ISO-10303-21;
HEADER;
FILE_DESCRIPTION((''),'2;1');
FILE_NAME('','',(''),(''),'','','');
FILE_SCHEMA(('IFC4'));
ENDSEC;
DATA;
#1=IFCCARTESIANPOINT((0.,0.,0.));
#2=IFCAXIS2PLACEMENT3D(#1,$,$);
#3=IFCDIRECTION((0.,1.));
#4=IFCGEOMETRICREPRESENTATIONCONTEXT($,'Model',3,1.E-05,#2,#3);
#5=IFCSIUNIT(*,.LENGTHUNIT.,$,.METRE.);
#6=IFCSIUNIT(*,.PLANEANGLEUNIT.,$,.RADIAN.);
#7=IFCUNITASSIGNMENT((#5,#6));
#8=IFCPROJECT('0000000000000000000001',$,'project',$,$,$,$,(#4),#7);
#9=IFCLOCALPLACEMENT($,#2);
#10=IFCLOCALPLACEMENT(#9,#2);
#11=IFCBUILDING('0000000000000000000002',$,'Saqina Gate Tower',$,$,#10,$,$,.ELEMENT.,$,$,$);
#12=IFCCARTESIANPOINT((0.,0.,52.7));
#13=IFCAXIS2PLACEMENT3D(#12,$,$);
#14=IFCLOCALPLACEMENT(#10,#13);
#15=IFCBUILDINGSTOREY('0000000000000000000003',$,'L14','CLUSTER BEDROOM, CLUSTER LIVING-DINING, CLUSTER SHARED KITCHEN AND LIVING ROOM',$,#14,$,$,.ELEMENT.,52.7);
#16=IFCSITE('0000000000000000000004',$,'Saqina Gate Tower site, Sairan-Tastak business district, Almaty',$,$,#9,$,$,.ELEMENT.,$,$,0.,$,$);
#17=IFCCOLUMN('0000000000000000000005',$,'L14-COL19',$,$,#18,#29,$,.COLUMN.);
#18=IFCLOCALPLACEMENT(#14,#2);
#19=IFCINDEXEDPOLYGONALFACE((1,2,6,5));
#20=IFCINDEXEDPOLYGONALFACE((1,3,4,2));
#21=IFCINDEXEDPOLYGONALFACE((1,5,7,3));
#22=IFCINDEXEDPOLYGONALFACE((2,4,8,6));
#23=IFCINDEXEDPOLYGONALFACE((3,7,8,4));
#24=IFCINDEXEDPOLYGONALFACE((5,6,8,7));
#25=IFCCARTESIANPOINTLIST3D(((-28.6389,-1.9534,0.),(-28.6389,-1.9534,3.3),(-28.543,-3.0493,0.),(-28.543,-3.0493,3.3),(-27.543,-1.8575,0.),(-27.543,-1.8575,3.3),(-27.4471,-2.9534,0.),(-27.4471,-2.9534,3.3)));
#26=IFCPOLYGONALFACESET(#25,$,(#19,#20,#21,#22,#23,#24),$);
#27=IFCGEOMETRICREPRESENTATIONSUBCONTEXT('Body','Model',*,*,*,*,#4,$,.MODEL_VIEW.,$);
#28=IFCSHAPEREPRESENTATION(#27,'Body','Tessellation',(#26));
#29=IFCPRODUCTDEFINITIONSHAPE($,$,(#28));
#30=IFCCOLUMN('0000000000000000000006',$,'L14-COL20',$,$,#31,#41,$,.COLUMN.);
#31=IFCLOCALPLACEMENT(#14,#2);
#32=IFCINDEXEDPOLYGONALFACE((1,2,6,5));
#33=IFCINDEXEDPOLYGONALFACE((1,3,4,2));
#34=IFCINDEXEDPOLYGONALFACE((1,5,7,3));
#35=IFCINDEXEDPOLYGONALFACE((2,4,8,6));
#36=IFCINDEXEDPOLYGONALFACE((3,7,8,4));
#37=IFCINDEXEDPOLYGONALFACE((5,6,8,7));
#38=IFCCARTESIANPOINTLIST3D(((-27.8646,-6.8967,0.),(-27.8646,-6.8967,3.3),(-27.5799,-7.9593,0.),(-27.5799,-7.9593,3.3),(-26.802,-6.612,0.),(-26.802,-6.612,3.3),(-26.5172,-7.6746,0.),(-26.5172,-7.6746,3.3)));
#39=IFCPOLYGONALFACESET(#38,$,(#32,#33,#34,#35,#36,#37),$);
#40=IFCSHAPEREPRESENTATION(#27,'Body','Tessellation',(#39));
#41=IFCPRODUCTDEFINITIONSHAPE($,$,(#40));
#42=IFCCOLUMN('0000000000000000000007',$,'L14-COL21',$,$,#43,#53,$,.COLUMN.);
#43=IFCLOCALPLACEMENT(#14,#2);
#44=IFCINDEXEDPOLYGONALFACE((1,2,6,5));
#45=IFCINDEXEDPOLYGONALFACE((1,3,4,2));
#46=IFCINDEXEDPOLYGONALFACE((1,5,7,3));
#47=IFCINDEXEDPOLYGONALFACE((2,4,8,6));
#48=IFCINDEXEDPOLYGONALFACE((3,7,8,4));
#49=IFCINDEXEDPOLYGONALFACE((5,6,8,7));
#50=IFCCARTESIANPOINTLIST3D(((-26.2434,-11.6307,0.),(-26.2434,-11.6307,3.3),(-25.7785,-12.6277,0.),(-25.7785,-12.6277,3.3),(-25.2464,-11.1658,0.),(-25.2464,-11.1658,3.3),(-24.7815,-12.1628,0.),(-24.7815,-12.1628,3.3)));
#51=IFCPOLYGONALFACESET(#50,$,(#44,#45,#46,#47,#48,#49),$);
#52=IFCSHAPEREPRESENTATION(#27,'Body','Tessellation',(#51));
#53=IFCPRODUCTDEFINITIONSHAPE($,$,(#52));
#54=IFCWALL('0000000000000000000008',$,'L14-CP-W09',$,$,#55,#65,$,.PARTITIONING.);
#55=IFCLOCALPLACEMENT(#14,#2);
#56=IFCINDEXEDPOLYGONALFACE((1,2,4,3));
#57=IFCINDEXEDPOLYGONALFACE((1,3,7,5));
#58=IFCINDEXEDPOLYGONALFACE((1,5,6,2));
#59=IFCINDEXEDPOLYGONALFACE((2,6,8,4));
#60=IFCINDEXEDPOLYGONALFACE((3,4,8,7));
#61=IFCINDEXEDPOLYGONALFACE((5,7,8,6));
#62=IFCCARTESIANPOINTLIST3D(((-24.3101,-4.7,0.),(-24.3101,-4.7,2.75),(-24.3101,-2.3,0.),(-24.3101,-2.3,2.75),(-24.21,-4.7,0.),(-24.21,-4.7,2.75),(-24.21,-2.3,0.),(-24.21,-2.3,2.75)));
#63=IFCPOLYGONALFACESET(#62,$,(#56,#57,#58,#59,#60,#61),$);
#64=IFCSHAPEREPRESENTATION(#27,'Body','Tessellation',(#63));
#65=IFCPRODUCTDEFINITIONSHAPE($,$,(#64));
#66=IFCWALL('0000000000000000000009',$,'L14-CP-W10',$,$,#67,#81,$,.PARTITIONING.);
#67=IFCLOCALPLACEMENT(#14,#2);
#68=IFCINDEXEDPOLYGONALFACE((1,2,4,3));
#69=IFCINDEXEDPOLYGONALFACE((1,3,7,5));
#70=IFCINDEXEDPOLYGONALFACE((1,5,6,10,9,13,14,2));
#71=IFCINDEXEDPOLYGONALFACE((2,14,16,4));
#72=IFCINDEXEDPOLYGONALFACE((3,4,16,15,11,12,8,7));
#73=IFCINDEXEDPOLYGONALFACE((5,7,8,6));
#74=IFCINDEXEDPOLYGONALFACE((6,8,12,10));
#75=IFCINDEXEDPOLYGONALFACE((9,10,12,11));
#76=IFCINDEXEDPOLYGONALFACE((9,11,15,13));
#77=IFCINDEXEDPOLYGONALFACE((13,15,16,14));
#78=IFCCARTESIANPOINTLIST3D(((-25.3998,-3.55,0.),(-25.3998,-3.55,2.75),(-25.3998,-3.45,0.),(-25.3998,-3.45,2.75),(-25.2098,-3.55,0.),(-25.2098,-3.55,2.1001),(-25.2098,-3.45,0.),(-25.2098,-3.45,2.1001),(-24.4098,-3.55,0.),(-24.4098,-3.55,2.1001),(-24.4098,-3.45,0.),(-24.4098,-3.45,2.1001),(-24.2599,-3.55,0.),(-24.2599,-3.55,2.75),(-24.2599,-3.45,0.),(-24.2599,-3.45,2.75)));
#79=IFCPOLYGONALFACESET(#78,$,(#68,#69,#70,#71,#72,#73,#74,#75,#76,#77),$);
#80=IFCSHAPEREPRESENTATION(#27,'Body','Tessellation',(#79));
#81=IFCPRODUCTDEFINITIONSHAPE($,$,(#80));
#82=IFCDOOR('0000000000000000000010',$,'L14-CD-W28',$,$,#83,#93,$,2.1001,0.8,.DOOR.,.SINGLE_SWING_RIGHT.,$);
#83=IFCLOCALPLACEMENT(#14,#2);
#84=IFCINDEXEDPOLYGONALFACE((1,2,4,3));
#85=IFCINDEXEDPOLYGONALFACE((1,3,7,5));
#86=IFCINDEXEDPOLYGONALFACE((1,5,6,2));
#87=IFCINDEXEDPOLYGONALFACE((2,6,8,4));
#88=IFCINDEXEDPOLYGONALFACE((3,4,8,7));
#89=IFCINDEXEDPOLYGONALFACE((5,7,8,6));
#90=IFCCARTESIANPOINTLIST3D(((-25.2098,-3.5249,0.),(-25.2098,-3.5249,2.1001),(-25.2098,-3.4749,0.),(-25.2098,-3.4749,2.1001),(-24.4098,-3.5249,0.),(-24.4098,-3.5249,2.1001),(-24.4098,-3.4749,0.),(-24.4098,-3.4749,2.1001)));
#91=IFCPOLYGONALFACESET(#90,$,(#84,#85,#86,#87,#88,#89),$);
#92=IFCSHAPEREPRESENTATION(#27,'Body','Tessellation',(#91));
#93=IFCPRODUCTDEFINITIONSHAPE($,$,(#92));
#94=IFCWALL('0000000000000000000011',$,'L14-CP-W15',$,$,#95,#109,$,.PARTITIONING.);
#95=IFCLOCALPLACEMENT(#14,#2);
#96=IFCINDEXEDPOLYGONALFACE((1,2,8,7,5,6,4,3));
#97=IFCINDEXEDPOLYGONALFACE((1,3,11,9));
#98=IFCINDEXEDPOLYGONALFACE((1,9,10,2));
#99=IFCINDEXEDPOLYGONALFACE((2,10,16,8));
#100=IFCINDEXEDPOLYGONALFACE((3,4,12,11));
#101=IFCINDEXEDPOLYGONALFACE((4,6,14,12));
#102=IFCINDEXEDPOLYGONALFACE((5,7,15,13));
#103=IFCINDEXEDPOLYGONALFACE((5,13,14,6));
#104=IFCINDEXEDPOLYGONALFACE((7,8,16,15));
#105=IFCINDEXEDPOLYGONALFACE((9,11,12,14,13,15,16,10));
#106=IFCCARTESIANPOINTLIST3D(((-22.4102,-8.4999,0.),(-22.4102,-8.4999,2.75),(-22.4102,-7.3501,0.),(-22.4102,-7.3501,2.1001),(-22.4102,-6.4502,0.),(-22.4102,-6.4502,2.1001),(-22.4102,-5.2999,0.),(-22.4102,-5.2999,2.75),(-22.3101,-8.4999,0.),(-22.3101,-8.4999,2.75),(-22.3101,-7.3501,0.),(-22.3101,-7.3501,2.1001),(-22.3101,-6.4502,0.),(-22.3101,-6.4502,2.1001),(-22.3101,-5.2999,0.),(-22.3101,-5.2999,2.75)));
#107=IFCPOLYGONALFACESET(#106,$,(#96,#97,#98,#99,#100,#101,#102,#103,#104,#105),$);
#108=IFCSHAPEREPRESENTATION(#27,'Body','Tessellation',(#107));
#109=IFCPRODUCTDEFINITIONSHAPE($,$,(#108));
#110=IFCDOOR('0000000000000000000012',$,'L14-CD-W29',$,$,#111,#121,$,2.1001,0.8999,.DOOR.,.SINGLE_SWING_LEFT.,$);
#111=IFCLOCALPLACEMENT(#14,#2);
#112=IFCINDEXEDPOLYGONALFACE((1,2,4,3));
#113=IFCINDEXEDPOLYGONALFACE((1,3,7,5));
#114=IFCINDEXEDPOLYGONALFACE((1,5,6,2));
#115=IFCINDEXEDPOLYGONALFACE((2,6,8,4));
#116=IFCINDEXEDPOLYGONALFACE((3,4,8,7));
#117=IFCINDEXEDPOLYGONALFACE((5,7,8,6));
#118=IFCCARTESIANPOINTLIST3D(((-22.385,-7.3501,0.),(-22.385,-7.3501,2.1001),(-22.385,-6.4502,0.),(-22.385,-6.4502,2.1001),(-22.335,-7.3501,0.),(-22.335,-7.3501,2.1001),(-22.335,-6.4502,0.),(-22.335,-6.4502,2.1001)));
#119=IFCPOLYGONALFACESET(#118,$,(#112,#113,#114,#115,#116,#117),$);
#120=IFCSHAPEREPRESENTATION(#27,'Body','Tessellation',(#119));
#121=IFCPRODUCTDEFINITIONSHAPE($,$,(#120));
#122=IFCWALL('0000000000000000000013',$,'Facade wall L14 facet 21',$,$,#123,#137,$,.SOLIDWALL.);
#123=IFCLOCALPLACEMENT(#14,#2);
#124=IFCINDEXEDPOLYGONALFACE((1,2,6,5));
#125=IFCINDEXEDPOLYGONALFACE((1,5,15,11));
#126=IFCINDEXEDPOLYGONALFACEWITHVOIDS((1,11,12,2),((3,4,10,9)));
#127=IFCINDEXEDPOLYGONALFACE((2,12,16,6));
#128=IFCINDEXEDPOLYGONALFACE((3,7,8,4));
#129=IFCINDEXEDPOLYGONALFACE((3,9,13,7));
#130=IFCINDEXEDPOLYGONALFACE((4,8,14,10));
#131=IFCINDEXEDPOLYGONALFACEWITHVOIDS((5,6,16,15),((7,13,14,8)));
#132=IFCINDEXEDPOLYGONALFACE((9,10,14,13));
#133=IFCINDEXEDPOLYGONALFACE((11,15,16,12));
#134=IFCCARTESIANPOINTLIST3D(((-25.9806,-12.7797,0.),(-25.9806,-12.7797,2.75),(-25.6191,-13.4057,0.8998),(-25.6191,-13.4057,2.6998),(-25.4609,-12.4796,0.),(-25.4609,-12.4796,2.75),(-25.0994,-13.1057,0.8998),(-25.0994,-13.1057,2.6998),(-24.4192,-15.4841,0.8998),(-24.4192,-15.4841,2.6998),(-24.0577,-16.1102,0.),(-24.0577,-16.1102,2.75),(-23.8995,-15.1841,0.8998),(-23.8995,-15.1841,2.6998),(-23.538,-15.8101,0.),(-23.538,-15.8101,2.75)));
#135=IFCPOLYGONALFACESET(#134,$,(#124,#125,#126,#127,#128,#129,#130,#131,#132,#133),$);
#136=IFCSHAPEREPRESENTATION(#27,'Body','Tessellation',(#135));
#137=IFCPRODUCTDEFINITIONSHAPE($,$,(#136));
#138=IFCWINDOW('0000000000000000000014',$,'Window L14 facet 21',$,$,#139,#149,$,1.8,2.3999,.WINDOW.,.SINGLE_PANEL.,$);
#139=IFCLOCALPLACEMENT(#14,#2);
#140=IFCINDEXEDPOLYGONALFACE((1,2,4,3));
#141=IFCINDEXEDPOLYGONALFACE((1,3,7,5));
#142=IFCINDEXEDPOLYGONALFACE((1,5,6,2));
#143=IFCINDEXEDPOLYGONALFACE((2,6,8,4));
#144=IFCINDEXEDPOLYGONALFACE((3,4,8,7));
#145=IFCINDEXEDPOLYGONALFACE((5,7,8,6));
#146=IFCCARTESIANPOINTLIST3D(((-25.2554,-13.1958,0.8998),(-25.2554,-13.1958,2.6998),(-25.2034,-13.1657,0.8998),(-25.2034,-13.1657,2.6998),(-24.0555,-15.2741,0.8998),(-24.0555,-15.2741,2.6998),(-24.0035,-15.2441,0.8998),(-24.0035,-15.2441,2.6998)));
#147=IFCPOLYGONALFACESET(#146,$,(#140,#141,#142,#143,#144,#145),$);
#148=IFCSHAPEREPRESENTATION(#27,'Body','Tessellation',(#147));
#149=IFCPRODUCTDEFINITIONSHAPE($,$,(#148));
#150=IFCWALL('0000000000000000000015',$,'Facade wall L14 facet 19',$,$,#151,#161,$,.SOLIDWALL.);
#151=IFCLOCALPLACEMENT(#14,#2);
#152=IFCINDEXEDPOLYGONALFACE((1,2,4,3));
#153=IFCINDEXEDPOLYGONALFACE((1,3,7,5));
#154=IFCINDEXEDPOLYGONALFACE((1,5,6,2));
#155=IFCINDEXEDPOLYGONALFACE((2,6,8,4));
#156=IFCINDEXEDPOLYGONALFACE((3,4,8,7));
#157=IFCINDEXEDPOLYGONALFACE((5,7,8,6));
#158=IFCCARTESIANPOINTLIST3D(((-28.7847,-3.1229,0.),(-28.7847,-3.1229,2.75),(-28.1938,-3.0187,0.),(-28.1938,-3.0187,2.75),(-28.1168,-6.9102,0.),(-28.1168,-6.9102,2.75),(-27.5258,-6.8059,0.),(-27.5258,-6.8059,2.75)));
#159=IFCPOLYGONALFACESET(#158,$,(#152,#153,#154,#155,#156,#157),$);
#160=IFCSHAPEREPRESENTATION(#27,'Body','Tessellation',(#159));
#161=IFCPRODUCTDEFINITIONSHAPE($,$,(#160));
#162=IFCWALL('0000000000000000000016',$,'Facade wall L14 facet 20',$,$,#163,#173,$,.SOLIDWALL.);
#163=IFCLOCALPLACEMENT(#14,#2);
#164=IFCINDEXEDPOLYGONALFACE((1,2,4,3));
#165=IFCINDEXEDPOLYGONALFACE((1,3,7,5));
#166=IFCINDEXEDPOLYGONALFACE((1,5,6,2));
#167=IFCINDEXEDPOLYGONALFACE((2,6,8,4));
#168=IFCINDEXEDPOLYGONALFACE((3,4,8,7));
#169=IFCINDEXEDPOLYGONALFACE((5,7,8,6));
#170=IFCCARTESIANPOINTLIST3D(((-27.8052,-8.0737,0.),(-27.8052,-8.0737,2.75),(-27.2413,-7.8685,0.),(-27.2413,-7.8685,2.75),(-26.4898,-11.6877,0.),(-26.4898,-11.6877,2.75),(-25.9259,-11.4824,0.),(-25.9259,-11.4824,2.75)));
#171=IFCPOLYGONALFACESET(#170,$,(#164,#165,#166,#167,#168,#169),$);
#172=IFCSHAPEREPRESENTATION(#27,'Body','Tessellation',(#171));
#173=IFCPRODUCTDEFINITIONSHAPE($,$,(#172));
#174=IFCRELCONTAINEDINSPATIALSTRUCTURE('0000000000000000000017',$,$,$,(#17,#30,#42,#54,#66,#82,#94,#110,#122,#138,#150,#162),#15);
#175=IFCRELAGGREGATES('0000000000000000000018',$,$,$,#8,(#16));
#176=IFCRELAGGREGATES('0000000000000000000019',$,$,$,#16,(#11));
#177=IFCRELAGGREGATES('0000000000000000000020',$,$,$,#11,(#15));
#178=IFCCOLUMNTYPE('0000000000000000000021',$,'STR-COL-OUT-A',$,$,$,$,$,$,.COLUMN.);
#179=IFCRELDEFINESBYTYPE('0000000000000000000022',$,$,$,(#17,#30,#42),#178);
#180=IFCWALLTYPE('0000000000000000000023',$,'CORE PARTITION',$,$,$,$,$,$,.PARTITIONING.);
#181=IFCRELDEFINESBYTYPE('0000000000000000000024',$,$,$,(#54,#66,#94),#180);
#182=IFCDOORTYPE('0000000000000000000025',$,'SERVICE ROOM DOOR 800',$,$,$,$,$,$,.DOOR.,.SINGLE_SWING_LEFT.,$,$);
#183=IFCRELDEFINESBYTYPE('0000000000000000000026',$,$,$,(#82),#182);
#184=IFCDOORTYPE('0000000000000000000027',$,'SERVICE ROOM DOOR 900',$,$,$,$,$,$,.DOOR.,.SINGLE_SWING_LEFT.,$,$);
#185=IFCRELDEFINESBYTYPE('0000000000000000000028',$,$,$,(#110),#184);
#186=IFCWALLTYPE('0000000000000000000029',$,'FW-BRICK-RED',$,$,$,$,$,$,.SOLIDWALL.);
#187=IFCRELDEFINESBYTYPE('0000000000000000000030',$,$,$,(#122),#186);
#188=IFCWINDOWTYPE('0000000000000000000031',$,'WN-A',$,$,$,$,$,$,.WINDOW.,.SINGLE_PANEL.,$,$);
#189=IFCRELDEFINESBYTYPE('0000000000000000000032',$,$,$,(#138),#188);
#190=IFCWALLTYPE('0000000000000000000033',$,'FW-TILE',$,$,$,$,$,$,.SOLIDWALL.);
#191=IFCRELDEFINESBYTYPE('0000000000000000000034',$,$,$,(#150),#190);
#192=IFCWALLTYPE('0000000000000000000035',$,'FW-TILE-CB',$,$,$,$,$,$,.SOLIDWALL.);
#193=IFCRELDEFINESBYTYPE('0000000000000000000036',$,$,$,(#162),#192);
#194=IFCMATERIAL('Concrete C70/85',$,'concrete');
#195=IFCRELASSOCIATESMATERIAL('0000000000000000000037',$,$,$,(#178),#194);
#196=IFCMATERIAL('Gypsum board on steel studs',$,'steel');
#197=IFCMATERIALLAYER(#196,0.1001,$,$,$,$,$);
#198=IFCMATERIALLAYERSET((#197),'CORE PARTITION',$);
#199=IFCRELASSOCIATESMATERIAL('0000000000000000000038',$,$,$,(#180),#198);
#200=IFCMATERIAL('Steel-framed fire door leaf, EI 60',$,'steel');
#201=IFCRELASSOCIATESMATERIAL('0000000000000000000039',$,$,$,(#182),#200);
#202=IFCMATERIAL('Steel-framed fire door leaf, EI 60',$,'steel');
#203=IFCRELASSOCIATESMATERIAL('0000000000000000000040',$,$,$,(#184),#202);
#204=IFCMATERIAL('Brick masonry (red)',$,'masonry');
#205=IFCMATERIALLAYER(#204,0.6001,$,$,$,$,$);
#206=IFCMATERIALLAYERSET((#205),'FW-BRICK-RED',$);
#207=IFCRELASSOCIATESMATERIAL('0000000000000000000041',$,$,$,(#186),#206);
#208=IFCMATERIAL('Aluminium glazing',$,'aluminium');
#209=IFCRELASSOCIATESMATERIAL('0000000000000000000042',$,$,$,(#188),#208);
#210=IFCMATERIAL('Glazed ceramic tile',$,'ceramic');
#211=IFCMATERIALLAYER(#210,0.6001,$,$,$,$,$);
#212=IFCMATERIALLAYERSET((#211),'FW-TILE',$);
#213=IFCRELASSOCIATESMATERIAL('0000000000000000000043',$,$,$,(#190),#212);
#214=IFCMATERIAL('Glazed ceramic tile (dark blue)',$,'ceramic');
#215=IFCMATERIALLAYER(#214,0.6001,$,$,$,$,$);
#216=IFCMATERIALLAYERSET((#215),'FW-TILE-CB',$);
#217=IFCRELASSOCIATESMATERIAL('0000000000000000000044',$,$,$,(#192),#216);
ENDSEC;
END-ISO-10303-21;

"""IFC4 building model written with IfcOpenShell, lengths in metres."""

from ifc_helpers import new_model, si_unit, direction, frame, frame_2d, origin, origin_2d, place, context, subcontext, project, spatial, rectangle, extrude, material, layer, layer_set, material_profile, profile_set, type_object, element, fill, save


model = new_model("IFC4")

# Units and contexts
model_context = context("Model", 3, precision=1e-05, world=origin(), true_north=direction((0.0, 1.0)))
body_context = subcontext(model_context, "Body", "Model", "MODEL_VIEW")
ifc_project = project(units=[si_unit("LENGTHUNIT", "METRE"), si_unit("PLANEANGLEUNIT", "RADIAN")], contexts=[model_context])

# Site, building, storey
site_placement = place(None, origin())
site = spatial("IfcSite", under=ifc_project, at=site_placement, Name="Saqina Gate Tower site, Sairan-Tastak business district, Almaty", CompositionType="ELEMENT", RefElevation=0.0)
building_placement = place(site_placement, origin())
building = spatial("IfcBuilding", under=site, at=building_placement, Name="Saqina Gate Tower", CompositionType="ELEMENT")
storey_placement = place(building_placement, frame((0.0, 0.0, 52.7)))
storey = spatial("IfcBuildingStorey", under=building, at=storey_placement, Name="L14", Description="CLUSTER BEDROOM, CLUSTER LIVING-DINING, CLUSTER SHARED KITCHEN AND LIVING ROOM", CompositionType="ELEMENT", Elevation=52.7)

# Columns
ifc_material_1 = material(Name="Concrete C70/85", Category="concrete")
ifc_material_profile = material_profile(ifc_material_1, rectangle(XDim=1.1001, YDim=1.1001, at=origin_2d()), Name="RC 1100x1100")
ifc_profile_set = profile_set([ifc_material_profile], Name="Concrete C70/85")
column_type = type_object("IfcColumnType", Name="STR-COL-OUT-A", PredefinedType="COLUMN", material=ifc_profile_set)
for number, where, z_axis, x_axis, name in (
    (1, (-28.043, -2.4534, 0.0), (0.0, 0.0, 1.0), (-0.996195, -0.087156, 0.0), "L14-COL19"),
    (2, (-27.1909, -7.2856, 0.0), (0.0, 0.0, 1.0), (-0.965926, -0.258819, 0.0), "L14-COL20"),
    (3, (-25.5125, -11.8967, 0.0), (0.0, 0.0, 1.0), (-0.906308, -0.422618, 0.0), "L14-COL21"),
):
    element("IfcColumn", number, at=place(storey_placement, frame(where, z_axis=z_axis, x_axis=x_axis)), inside=storey, type_object=column_type, Name=name, PredefinedType="COLUMN", context=body_context, shape_type="SweptSolid", body=[
        extrude(rectangle(XDim=1.1001, YDim=1.1001, at=origin_2d()), origin(), (0.0, 0.0, 1.0), 3.3),
    ])

# Wall
ifc_material_2 = material(Name="Gypsum board on steel studs", Category="steel")
ifc_layer_1 = layer(ifc_material_2, 0.1001)
ifc_layer_set_1 = layer_set([ifc_layer_1], Name="CORE PARTITION")
wall_type_1 = type_object("IfcWallType", Name="CORE PARTITION", PredefinedType="PARTITIONING", material=ifc_layer_set_1)
wall_1_placement = place(storey_placement, frame((-24.26, -4.7, 0.0), z_axis=(0.0, 0.0, 1.0), x_axis=(0.0, 1.0, 0.0)))
element("IfcWall", 4, at=wall_1_placement, inside=storey, type_object=wall_type_1, Name="L14-CP-W09", PredefinedType="PARTITIONING", context=body_context, shape_type="SweptSolid", body=[
    extrude(rectangle(XDim=2.3999, YDim=0.1001, at=frame_2d((1.2, 0.0))), origin(), (0.0, 0.0, 1.0), 2.75),
])

# Walls, openings, doors
wall_2_placement = place(storey_placement, frame((-24.26, -3.5, 0.0), z_axis=(0.0, 0.0, 1.0), x_axis=(-1.0, 0.0, 0.0)))
wall_2 = element("IfcWall", 5, at=wall_2_placement, inside=storey, type_object=wall_type_1, Name="L14-CP-W10", PredefinedType="PARTITIONING", context=body_context, shape_type="SweptSolid", body=[
    extrude(rectangle(XDim=1.1399, YDim=0.1001, at=frame_2d((0.5698, 0.0))), origin(), (0.0, 0.0, 1.0), 2.75),
])
opening_1_placement = place(wall_2_placement, frame((0.1499, 0.0, 0.0)))
opening_1 = element("IfcOpeningElement", 6, at=opening_1_placement, cuts=wall_2, PredefinedType="OPENING", context=body_context, shape_type="SweptSolid", body=[
    extrude(rectangle(XDim=0.8, YDim=2.1001, at=frame_2d((0.3999, 1.05))), frame((0.0, 0.062, 0.0), z_axis=(0.0, -1.0, 0.0), x_axis=(1.0, 0.0, 0.0)), (0.0, 0.0, 1.0), 0.124),
])
ifc_material_3 = material(Name="Steel-framed fire door leaf, EI 60", Category="steel")
door_type_1 = type_object("IfcDoorType", Name="SERVICE ROOM DOOR 800", OperationType="SINGLE_SWING_LEFT", PredefinedType="DOOR", material=ifc_material_3)
door_1_placement = place(opening_1_placement, origin())
door_1 = element("IfcDoor", 7, at=door_1_placement, inside=storey, type_object=door_type_1, Name="L14-CD-W28", OperationType="SINGLE_SWING_RIGHT", OverallHeight=2.1001, OverallWidth=0.8, PredefinedType="DOOR", context=body_context, shape_type="SweptSolid", body=[
    extrude(rectangle(XDim=0.8, YDim=2.1001, at=frame_2d((0.3999, 1.05))), frame((0.0, 0.0249, 0.0), z_axis=(0.0, -1.0, 0.0), x_axis=(1.0, 0.0, 0.0)), (0.0, 0.0, 1.0), 0.05),
])
fill(opening_1, door_1)
wall_3_placement = place(storey_placement, frame((-22.3601, -8.5, 0.0), z_axis=(0.0, 0.0, 1.0), x_axis=(0.0, 1.0, 0.0)))
wall_3 = element("IfcWall", 8, at=wall_3_placement, inside=storey, type_object=wall_type_1, Name="L14-CP-W15", PredefinedType="PARTITIONING", context=body_context, shape_type="SweptSolid", body=[
    extrude(rectangle(XDim=3.2, YDim=0.1001, at=frame_2d((1.6001, 0.0))), origin(), (0.0, 0.0, 1.0), 2.75),
])
opening_2_placement = place(wall_3_placement, frame((1.1499, 0.0, 0.0)))
opening_2 = element("IfcOpeningElement", 9, at=opening_2_placement, cuts=wall_3, PredefinedType="OPENING", context=body_context, shape_type="SweptSolid", body=[
    extrude(rectangle(XDim=0.8999, YDim=2.1001, at=frame_2d((0.45, 1.05))), frame((0.0, 0.062, 0.0), z_axis=(0.0, -1.0, 0.0), x_axis=(1.0, 0.0, 0.0)), (0.0, 0.0, 1.0), 0.124),
])
ifc_material_4 = material(Name="Steel-framed fire door leaf, EI 60", Category="steel")
door_type_2 = type_object("IfcDoorType", Name="SERVICE ROOM DOOR 900", OperationType="SINGLE_SWING_LEFT", PredefinedType="DOOR", material=ifc_material_4)
door_2_placement = place(opening_2_placement, origin())
door_2 = element("IfcDoor", 10, at=door_2_placement, inside=storey, type_object=door_type_2, Name="L14-CD-W29", OperationType="SINGLE_SWING_LEFT", OverallHeight=2.1001, OverallWidth=0.8999, PredefinedType="DOOR", context=body_context, shape_type="SweptSolid", body=[
    extrude(rectangle(XDim=0.8999, YDim=2.1001, at=frame_2d((0.45, 1.05))), frame((0.0, 0.0249, 0.0), z_axis=(0.0, -1.0, 0.0), x_axis=(1.0, 0.0, 0.0)), (0.0, 0.0, 1.0), 0.05),
])
fill(opening_2, door_2)

# Wall, opening, window
ifc_material_5 = material(Name="Brick masonry (red)", Category="masonry")
ifc_layer_2 = layer(ifc_material_5, 0.6001)
ifc_layer_set_2 = layer_set([ifc_layer_2], Name="FW-BRICK-RED")
wall_type_2 = type_object("IfcWallType", Name="FW-BRICK-RED", PredefinedType="SOLIDWALL", material=ifc_layer_set_2)
wall_4_placement = place(storey_placement, frame((-25.7207, -12.6296, 0.0), z_axis=(0.0, 0.0, 1.0), x_axis=(0.49999, -0.866031, 0.0)))
wall_4 = element("IfcWall", 11, at=wall_4_placement, inside=storey, type_object=wall_type_2, Name="Facade wall L14 facet 21", PredefinedType="SOLIDWALL", context=body_context, shape_type="SweptSolid", body=[
    extrude(rectangle(XDim=3.8457, YDim=0.6001, at=frame_2d((1.9229, 0.0))), origin(), (0.0, 0.0, 1.0), 2.75),
])
opening_3_placement = place(wall_4_placement, frame((0.7229, 0.0, 0.8999)))
opening_3 = element("IfcOpeningElement", 12, at=opening_3_placement, cuts=wall_4, PredefinedType="OPENING", context=body_context, shape_type="SweptSolid", body=[
    extrude(rectangle(XDim=2.3999, YDim=1.8, at=frame_2d((1.2, 0.8999))), frame((0.0, 0.312, 0.0), z_axis=(0.0, -1.0, 0.0), x_axis=(1.0, 0.0, 0.0)), (0.0, 0.0, 1.0), 0.624),
])
ifc_material_6 = material(Name="Aluminium glazing", Category="aluminium")
window_type = type_object("IfcWindowType", Name="WN-A", PartitioningType="SINGLE_PANEL", PredefinedType="WINDOW", material=ifc_material_6)
window_placement = place(opening_3_placement, origin())
window = element("IfcWindow", 13, at=window_placement, inside=storey, type_object=window_type, Name="Window L14 facet 21", OverallHeight=1.8, OverallWidth=2.3999, PartitioningType="SINGLE_PANEL", PredefinedType="WINDOW", context=body_context, shape_type="SweptSolid", body=[
    extrude(rectangle(XDim=2.3999, YDim=1.8, at=frame_2d((1.2, 0.8999))), frame((0.0, 0.1799, 0.0), z_axis=(0.0, -1.0, 0.0), x_axis=(1.0, 0.0, 0.0)), (0.0, 0.0, 1.0), 0.0601),
])
fill(opening_3, window)

# Walls
ifc_material_7 = material(Name="Glazed ceramic tile", Category="ceramic")
ifc_layer_3 = layer(ifc_material_7, 0.6001)
ifc_layer_set_3 = layer_set([ifc_layer_3], Name="FW-TILE")
wall_type_3 = type_object("IfcWallType", Name="FW-TILE", PredefinedType="SOLIDWALL", material=ifc_layer_set_3)
wall_5_placement = place(storey_placement, frame((-28.4893, -3.0708, 0.0), z_axis=(0.0, 0.0, 1.0), x_axis=(0.173688, -0.984801, 0.0)))
element("IfcWall", 14, at=wall_5_placement, inside=storey, type_object=wall_type_3, Name="Facade wall L14 facet 19", PredefinedType="SOLIDWALL", context=body_context, shape_type="SweptSolid", body=[
    extrude(rectangle(XDim=3.8457, YDim=0.6001, at=frame_2d((1.9229, 0.0))), origin(), (0.0, 0.0, 1.0), 2.75),
])
ifc_material_8 = material(Name="Glazed ceramic tile (dark blue)", Category="ceramic")
ifc_layer_4 = layer(ifc_material_8, 0.6001)
ifc_layer_set_4 = layer_set([ifc_layer_4], Name="FW-TILE-CB")
wall_type_4 = type_object("IfcWallType", Name="FW-TILE-CB", PredefinedType="SOLIDWALL", material=ifc_layer_set_4)
wall_6_placement = place(storey_placement, frame((-27.5232, -7.9712, 0.0), z_axis=(0.0, 0.0, 1.0), x_axis=(0.342028, -0.93969, 0.0)))
element("IfcWall", 15, at=wall_6_placement, inside=storey, type_object=wall_type_4, Name="Facade wall L14 facet 20", PredefinedType="SOLIDWALL", context=body_context, shape_type="SweptSolid", body=[
    extrude(rectangle(XDim=3.8459, YDim=0.6001, at=frame_2d((1.9229, 0.0))), origin(), (0.0, 0.0, 1.0), 2.75),
])

save(model, "model.ifc")
